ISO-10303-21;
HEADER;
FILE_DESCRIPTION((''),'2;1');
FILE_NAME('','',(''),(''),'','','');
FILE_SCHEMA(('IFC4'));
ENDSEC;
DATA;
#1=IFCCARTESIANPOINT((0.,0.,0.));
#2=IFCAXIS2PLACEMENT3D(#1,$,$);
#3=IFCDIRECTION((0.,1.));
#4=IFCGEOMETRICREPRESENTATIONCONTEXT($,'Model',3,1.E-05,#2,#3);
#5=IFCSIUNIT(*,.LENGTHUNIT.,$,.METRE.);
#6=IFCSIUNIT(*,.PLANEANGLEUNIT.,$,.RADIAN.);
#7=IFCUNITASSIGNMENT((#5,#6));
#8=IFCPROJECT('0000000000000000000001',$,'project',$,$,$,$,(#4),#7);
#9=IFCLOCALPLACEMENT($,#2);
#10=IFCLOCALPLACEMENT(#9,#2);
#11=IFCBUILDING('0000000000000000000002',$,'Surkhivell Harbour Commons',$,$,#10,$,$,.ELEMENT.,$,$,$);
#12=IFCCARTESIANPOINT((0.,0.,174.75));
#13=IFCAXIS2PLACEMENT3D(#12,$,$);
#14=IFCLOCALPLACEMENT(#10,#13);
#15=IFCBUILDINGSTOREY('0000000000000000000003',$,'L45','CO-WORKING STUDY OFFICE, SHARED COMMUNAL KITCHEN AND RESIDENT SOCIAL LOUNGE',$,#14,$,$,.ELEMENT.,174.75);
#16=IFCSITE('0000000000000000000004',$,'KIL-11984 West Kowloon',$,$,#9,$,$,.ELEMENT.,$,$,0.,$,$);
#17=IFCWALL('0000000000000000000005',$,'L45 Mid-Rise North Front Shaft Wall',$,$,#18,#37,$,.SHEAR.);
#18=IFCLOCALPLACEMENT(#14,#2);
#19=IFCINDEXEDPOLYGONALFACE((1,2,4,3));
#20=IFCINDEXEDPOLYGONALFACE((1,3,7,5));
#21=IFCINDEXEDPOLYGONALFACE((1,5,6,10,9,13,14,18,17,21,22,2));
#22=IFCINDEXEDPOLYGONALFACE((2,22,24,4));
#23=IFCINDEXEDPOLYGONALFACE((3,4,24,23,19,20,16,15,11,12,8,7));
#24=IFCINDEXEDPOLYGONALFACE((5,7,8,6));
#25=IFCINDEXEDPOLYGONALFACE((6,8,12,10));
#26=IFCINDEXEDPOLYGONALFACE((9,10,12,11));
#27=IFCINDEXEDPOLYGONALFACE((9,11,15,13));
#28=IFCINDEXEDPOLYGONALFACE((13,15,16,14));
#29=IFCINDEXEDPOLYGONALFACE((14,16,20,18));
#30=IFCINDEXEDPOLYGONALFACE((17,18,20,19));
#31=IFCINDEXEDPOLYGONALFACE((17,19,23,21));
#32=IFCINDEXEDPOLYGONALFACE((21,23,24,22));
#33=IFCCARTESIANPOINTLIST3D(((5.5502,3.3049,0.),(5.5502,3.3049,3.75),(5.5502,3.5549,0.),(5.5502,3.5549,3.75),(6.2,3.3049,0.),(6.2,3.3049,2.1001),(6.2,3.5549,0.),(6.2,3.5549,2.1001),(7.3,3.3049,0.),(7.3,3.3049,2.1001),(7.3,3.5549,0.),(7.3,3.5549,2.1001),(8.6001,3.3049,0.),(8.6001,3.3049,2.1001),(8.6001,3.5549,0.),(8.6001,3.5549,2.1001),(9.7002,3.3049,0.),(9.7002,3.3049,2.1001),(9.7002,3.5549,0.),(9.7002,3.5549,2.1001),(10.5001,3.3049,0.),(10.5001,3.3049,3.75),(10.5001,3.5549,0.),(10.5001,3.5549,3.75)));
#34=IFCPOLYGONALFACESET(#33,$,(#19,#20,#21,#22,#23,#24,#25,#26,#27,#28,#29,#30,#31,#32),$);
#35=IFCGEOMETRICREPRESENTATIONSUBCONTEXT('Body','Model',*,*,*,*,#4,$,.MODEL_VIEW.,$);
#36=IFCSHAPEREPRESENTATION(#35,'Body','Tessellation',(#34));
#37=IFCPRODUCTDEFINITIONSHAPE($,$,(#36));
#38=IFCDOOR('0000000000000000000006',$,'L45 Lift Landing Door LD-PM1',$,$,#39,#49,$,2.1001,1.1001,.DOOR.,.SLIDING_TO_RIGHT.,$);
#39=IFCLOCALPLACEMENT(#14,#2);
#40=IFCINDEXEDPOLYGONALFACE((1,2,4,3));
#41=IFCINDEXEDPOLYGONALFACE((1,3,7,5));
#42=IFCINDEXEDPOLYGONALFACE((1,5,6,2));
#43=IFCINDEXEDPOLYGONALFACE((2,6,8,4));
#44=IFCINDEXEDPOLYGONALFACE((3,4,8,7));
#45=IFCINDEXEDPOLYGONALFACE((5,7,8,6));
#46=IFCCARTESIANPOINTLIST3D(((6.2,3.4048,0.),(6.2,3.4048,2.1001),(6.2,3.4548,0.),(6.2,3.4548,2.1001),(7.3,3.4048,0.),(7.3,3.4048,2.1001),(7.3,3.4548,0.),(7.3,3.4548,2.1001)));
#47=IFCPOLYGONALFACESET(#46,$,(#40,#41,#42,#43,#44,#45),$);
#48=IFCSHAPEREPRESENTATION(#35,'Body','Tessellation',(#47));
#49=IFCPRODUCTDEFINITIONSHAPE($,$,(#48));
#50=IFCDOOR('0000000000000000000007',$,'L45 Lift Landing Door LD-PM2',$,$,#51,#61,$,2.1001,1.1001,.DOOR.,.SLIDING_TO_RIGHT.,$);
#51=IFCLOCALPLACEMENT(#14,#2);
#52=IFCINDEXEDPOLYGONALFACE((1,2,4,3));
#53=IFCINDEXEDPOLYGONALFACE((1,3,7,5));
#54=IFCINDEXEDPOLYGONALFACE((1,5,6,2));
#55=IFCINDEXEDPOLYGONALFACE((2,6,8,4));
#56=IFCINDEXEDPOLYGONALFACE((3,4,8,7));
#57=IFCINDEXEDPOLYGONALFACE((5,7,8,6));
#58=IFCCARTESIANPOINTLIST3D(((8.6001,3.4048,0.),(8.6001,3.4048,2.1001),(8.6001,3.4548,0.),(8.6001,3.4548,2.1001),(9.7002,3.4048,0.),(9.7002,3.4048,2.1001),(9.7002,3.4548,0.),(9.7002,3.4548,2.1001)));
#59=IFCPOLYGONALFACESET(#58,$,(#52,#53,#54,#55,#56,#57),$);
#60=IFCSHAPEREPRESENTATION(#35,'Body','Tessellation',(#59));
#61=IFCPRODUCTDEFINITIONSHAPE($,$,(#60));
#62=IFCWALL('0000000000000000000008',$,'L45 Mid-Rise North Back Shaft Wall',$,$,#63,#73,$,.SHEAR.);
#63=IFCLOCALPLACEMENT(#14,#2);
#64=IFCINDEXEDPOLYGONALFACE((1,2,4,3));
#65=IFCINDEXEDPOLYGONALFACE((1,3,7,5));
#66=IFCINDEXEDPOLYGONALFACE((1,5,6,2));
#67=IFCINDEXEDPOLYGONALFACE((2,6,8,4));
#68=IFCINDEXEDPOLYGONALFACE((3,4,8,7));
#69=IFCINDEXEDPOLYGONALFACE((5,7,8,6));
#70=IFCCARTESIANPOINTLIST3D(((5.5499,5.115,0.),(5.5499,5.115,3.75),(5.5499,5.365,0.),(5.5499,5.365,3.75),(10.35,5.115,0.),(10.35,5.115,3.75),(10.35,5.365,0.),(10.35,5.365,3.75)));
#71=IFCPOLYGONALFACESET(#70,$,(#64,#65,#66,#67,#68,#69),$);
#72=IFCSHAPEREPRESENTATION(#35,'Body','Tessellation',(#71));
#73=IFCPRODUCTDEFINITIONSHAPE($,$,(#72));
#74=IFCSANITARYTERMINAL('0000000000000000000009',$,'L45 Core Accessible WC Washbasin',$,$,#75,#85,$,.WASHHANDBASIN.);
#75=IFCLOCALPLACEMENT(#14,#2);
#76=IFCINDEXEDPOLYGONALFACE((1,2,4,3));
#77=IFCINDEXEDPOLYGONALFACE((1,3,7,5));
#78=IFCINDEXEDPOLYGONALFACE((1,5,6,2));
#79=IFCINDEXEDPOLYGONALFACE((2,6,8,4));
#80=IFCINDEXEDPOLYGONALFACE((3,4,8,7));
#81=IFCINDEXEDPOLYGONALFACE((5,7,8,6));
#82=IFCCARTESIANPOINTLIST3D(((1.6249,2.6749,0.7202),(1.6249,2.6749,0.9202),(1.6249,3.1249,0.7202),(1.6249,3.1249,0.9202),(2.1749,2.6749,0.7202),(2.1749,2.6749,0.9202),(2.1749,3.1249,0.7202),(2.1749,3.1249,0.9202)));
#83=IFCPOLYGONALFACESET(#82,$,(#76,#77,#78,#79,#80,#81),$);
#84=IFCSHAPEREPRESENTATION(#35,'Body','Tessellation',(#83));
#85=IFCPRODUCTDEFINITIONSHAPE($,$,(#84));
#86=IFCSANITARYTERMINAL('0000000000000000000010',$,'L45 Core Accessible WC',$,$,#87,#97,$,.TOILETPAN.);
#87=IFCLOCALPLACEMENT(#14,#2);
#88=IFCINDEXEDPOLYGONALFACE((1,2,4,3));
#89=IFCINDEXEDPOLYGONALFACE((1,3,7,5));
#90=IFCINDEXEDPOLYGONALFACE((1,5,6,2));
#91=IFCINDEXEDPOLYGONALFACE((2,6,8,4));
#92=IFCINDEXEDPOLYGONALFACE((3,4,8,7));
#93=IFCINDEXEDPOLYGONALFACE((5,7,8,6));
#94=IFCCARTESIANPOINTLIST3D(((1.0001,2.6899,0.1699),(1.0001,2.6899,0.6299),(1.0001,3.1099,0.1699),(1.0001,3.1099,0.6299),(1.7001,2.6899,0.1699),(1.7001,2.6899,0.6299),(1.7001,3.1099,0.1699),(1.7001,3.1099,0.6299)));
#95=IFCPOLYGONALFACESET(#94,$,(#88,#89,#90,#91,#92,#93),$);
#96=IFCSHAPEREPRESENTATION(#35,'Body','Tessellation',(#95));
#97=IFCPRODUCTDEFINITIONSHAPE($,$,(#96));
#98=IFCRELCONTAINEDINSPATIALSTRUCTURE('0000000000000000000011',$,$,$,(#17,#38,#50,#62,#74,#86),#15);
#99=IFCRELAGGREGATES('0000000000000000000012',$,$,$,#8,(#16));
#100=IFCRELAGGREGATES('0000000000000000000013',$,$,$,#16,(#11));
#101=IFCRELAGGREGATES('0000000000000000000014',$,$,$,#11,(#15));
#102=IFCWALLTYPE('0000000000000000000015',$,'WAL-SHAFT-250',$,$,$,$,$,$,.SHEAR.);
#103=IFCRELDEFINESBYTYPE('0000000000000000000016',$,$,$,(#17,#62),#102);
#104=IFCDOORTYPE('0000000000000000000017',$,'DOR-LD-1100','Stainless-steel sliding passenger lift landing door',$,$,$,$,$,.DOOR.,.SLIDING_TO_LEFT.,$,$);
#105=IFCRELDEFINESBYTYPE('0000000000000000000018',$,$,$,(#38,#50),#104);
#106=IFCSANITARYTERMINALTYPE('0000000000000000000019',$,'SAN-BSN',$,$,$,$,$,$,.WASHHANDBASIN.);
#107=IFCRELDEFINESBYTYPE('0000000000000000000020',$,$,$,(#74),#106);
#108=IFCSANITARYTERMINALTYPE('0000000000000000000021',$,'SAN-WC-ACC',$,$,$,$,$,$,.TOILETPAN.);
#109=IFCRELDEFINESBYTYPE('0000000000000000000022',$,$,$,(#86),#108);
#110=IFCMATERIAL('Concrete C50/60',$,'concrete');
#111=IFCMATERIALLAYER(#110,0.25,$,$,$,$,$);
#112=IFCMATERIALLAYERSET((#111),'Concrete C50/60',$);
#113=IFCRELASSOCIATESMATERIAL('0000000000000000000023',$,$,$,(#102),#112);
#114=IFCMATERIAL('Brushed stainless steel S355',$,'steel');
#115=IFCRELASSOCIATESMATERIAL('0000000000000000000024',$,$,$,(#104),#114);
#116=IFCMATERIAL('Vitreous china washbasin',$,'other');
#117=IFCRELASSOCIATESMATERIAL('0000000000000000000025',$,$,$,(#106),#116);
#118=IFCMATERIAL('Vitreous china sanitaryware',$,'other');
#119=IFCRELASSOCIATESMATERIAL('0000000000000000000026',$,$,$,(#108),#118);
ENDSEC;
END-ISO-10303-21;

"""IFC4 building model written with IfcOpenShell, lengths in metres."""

from ifc_helpers import new_model, si_unit, direction, frame, frame_2d, origin, origin_2d, place, context, subcontext, project, spatial, rectangle, extrude, material, layer, layer_set, type_object, element, fill, save


model = new_model("IFC4")

# Units and contexts
model_context = context("Model", 3, precision=1e-05, world=origin(), true_north=direction((0.0, 1.0)))
body_context = subcontext(model_context, "Body", "Model", "MODEL_VIEW")
ifc_project = project(units=[si_unit("LENGTHUNIT", "METRE"), si_unit("PLANEANGLEUNIT", "RADIAN")], contexts=[model_context])

# Site, building, storey
site_placement = place(None, origin())
site = spatial("IfcSite", under=ifc_project, at=site_placement, Name="KIL-11984 West Kowloon", CompositionType="ELEMENT", RefElevation=0.0)
building_placement = place(site_placement, origin())
building = spatial("IfcBuilding", under=site, at=building_placement, Name="Surkhivell Harbour Commons", CompositionType="ELEMENT")
storey_placement = place(building_placement, frame((0.0, 0.0, 174.75)))
storey = spatial("IfcBuildingStorey", under=building, at=storey_placement, Name="L45", Description="CO-WORKING STUDY OFFICE, SHARED COMMUNAL KITCHEN AND RESIDENT SOCIAL LOUNGE", CompositionType="ELEMENT", Elevation=174.75)

# Shared definitions
ifc_material_1 = material(Name="Concrete C50/60", Category="concrete")
ifc_layer_1 = layer(ifc_material_1, 0.25)
ifc_layer_set_1 = layer_set([ifc_layer_1], Name="Concrete C50/60")
wall_type_1 = type_object("IfcWallType", Name="WAL-SHAFT-250", PredefinedType="SHEAR", material=ifc_layer_set_1)

# Wall, openings, doors
wall_1_placement = place(storey_placement, frame((5.55, 3.4299, 0.0), z_axis=(0.0, 0.0, 1.0), x_axis=(1.0, 0.0, 0.0)))
wall_1 = element("IfcWall", 1, at=wall_1_placement, inside=storey, type_object=wall_type_1, Name="L45 Mid-Rise North Front Shaft Wall", PredefinedType="SHEAR", context=body_context, shape_type="SweptSolid", body=[
    extrude(rectangle(XDim=4.95, YDim=0.25, at=frame_2d((2.4751, 0.0))), origin(), (0.0, 0.0, 1.0), 3.75),
])
opening_1_placement = place(wall_1_placement, frame((0.6499, 0.0, 0.0)))
opening_1 = element("IfcOpeningElement", 2, at=opening_1_placement, cuts=wall_1, PredefinedType="OPENING", context=body_context, shape_type="SweptSolid", body=[
    extrude(rectangle(XDim=1.1001, YDim=2.1001, at=frame_2d((0.55, 1.05))), frame((0.0, 0.135, 0.0), z_axis=(0.0, -1.0, 0.0), x_axis=(1.0, 0.0, 0.0)), (0.0, 0.0, 1.0), 0.27),
])
opening_2_placement = place(wall_1_placement, frame((3.05, 0.0, 0.0)))
opening_2 = element("IfcOpeningElement", 3, at=opening_2_placement, cuts=wall_1, PredefinedType="OPENING", context=body_context, shape_type="SweptSolid", body=[
    extrude(rectangle(XDim=1.1001, YDim=2.1001, at=frame_2d((0.55, 1.05))), frame((0.0, 0.135, 0.0), z_axis=(0.0, -1.0, 0.0), x_axis=(1.0, 0.0, 0.0)), (0.0, 0.0, 1.0), 0.27),
])
ifc_material_2 = material(Name="Brushed stainless steel S355", Category="steel")
door_type_1 = type_object("IfcDoorType", Name="DOR-LD-1100", Description="Stainless-steel sliding passenger lift landing door", OperationType="SLIDING_TO_LEFT", PredefinedType="DOOR", material=ifc_material_2)
door_1_placement = place(opening_1_placement, origin())
door_1 = element("IfcDoor", 4, at=door_1_placement, inside=storey, type_object=door_type_1, Name="L45 Lift Landing Door LD-PM1", OperationType="SLIDING_TO_RIGHT", OverallHeight=2.1001, OverallWidth=1.1001, PredefinedType="DOOR", context=body_context, shape_type="SweptSolid", body=[
    extrude(rectangle(XDim=1.1001, YDim=2.1001, at=frame_2d((0.55, 1.05))), frame((0.0, 0.0249, 0.0), z_axis=(0.0, -1.0, 0.0), x_axis=(1.0, 0.0, 0.0)), (0.0, 0.0, 1.0), 0.05),
])
fill(opening_1, door_1)
door_2_placement = place(opening_2_placement, origin())
door_2 = element("IfcDoor", 5, at=door_2_placement, inside=storey, type_object=door_type_1, Name="L45 Lift Landing Door LD-PM2", OperationType="SLIDING_TO_RIGHT", OverallHeight=2.1001, OverallWidth=1.1001, PredefinedType="DOOR", context=body_context, shape_type="SweptSolid", body=[
    extrude(rectangle(XDim=1.1001, YDim=2.1001, at=frame_2d((0.55, 1.05))), frame((0.0, 0.0249, 0.0), z_axis=(0.0, -1.0, 0.0), x_axis=(1.0, 0.0, 0.0)), (0.0, 0.0, 1.0), 0.05),
])
fill(opening_2, door_2)

# Wall
wall_2_placement = place(storey_placement, frame((5.55, 5.24, 0.0), z_axis=(0.0, 0.0, 1.0), x_axis=(1.0, 0.0, 0.0)))
element("IfcWall", 6, at=wall_2_placement, inside=storey, type_object=wall_type_1, Name="L45 Mid-Rise North Back Shaft Wall", PredefinedType="SHEAR", context=body_context, shape_type="SweptSolid", body=[
    extrude(rectangle(XDim=4.8, YDim=0.25, at=frame_2d((2.3999, 0.0))), origin(), (0.0, 0.0, 1.0), 3.75),
])

# Sanitary terminals
ifc_material_3 = material(Name="Vitreous china washbasin", Category="other")
sanitary_terminal_type_1 = type_object("IfcSanitaryTerminalType", Name="SAN-BSN", PredefinedType="WASHHANDBASIN", material=ifc_material_3)
sanitary_terminal_1_placement = place(storey_placement, frame((1.8999, 2.8999, 0.7202), z_axis=(0.0, 0.0, 1.0), x_axis=(1.0, 0.0, 0.0)))
element("IfcSanitaryTerminal", 7, at=sanitary_terminal_1_placement, inside=storey, type_object=sanitary_terminal_type_1, Name="L45 Core Accessible WC Washbasin", PredefinedType="WASHHANDBASIN", context=body_context, shape_type="SweptSolid", body=[
    extrude(rectangle(XDim=0.55, YDim=0.45, at=origin_2d()), origin(), (0.0, 0.0, 1.0), 0.2),
])
ifc_material_4 = material(Name="Vitreous china sanitaryware", Category="other")
sanitary_terminal_type_2 = type_object("IfcSanitaryTerminalType", Name="SAN-WC-ACC", PredefinedType="TOILETPAN", material=ifc_material_4)
sanitary_terminal_2_placement = place(storey_placement, frame((1.3501, 2.8999, 0.1699), z_axis=(0.0, 0.0, 1.0), x_axis=(1.0, 0.0, 0.0)))
element("IfcSanitaryTerminal", 8, at=sanitary_terminal_2_placement, inside=storey, type_object=sanitary_terminal_type_2, Name="L45 Core Accessible WC", PredefinedType="TOILETPAN", context=body_context, shape_type="SweptSolid", body=[
    extrude(rectangle(XDim=0.7, YDim=0.4199, at=origin_2d()), origin(), (0.0, 0.0, 1.0), 0.46),
])

save(model, "model.ifc")
